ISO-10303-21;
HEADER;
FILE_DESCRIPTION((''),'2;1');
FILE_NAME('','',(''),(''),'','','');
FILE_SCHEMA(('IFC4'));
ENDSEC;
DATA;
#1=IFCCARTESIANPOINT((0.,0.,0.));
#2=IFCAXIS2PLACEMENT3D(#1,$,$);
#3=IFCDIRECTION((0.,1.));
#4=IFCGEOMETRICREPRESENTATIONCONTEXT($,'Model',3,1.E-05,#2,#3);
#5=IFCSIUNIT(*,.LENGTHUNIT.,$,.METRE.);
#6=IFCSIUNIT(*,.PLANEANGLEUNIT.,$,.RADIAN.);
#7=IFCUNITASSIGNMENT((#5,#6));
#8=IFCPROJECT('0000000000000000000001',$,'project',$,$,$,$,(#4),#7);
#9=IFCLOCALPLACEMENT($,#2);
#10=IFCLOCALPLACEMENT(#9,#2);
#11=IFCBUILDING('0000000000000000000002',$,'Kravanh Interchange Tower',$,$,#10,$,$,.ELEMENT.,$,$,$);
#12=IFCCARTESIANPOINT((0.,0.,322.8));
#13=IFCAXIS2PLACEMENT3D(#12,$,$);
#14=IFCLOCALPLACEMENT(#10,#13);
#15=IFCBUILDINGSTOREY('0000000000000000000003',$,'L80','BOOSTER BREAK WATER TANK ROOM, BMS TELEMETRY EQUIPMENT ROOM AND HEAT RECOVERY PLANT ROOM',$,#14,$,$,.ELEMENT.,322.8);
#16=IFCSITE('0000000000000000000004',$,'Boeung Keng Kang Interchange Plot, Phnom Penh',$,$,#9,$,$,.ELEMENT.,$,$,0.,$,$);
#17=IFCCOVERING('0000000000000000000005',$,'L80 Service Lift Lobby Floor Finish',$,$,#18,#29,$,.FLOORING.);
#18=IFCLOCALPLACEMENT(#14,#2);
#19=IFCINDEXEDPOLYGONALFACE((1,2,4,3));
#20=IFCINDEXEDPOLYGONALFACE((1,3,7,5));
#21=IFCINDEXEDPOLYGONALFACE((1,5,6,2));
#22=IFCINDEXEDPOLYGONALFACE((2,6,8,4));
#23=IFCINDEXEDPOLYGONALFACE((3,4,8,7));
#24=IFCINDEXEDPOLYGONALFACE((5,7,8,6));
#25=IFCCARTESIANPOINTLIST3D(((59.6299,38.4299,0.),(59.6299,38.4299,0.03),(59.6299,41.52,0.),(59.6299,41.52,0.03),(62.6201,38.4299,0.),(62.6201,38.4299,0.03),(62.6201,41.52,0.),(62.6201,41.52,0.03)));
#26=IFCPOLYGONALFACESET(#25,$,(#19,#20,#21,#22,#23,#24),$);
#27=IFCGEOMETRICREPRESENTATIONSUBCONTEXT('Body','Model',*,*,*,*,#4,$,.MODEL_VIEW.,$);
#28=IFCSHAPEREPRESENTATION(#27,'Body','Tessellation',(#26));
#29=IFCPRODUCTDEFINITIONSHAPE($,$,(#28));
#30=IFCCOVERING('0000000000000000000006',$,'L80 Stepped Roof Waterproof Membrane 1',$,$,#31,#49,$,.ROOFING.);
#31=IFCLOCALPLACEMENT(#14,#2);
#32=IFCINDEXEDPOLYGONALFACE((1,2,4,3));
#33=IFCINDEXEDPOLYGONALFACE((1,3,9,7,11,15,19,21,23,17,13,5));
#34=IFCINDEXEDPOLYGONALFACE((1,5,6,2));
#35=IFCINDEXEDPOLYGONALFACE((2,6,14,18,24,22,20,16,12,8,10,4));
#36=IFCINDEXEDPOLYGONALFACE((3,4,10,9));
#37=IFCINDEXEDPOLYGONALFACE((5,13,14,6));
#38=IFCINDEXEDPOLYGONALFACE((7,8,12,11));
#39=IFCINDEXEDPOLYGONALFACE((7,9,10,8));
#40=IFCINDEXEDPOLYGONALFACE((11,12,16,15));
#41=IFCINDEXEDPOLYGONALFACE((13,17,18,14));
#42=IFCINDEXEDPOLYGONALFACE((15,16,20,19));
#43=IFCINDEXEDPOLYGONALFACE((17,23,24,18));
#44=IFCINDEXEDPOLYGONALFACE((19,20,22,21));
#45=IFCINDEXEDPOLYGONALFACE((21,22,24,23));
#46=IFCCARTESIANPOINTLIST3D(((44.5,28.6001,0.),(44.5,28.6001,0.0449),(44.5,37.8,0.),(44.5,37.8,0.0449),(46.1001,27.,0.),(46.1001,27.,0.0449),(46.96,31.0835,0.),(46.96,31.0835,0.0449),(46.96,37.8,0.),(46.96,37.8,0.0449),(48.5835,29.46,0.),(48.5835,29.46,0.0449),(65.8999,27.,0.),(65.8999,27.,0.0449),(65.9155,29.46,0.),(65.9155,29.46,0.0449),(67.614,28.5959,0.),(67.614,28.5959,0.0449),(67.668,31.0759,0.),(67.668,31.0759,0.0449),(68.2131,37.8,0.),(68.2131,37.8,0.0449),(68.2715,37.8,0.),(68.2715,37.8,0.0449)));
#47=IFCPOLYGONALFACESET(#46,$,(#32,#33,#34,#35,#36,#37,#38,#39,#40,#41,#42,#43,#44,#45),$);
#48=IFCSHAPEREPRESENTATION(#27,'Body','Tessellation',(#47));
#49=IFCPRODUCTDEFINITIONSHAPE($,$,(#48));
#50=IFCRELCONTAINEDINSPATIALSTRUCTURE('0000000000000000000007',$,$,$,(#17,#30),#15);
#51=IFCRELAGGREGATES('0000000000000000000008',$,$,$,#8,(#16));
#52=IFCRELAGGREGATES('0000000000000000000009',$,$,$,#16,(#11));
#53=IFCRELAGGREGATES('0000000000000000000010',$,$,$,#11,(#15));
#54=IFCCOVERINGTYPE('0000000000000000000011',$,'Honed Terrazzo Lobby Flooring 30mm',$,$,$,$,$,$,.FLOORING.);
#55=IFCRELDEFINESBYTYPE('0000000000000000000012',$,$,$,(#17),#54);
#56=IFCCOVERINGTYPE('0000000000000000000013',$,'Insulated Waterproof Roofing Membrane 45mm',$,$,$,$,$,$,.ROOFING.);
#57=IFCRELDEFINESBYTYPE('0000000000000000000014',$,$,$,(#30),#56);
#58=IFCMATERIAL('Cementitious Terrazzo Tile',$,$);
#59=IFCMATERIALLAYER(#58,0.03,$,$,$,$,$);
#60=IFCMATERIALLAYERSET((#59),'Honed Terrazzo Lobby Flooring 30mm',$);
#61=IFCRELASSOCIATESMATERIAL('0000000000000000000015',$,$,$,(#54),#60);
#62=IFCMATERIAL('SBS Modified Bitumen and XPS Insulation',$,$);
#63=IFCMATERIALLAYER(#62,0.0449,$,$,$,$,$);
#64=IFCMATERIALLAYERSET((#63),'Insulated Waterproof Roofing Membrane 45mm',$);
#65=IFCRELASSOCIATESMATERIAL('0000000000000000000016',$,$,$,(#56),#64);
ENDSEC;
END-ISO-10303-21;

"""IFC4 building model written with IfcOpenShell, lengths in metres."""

from ifc_helpers import new_model, si_unit, direction, frame, origin, place, context, subcontext, project, spatial, polyline, outline, extrude, material, layer, layer_set, type_object, element, save


model = new_model("IFC4")

# Units and contexts
model_context = context("Model", 3, precision=1e-05, world=origin(), true_north=direction((0.0, 1.0)))
body_context = subcontext(model_context, "Body", "Model", "MODEL_VIEW")
ifc_project = project(units=[si_unit("LENGTHUNIT", "METRE"), si_unit("PLANEANGLEUNIT", "RADIAN")], contexts=[model_context])

# Site, building, storey
site_placement = place(None, origin())
site = spatial("IfcSite", under=ifc_project, at=site_placement, Name="Boeung Keng Kang Interchange Plot, Phnom Penh", CompositionType="ELEMENT", RefElevation=0.0)
building_placement = place(site_placement, origin())
building = spatial("IfcBuilding", under=site, at=building_placement, Name="Kravanh Interchange Tower", CompositionType="ELEMENT")
storey_placement = place(building_placement, frame((0.0, 0.0, 322.8)))
storey = spatial("IfcBuildingStorey", under=building, at=storey_placement, Name="L80", Description="BOOSTER BREAK WATER TANK ROOM, BMS TELEMETRY EQUIPMENT ROOM AND HEAT RECOVERY PLANT ROOM", CompositionType="ELEMENT", Elevation=322.8)

# Coverings
ifc_material_1 = material(Name="Cementitious Terrazzo Tile")
ifc_layer_1 = layer(ifc_material_1, 0.03)
ifc_layer_set_1 = layer_set([ifc_layer_1], Name="Honed Terrazzo Lobby Flooring 30mm")
covering_type_1 = type_object("IfcCoveringType", Name="Honed Terrazzo Lobby Flooring 30mm", PredefinedType="FLOORING", material=ifc_layer_set_1)
covering_1_placement = place(storey_placement, origin())
element("IfcCovering", 1, at=covering_1_placement, inside=storey, type_object=covering_type_1, Name="L80 Service Lift Lobby Floor Finish", PredefinedType="FLOORING", context=body_context, shape_type="SweptSolid", body=[
    extrude(outline(polyline([(59.6299, 41.52), (62.6201, 41.52), (62.6201, 38.4299), (59.6299, 38.4299), (59.6299, 41.52)])), origin(), (0.0, 0.0, 1.0), 0.03),
])
ifc_material_2 = material(Name="SBS Modified Bitumen and XPS Insulation")
ifc_layer_2 = layer(ifc_material_2, 0.0449)
ifc_layer_set_2 = layer_set([ifc_layer_2], Name="Insulated Waterproof Roofing Membrane 45mm")
covering_type_2 = type_object("IfcCoveringType", Name="Insulated Waterproof Roofing Membrane 45mm", PredefinedType="ROOFING", material=ifc_layer_set_2)
covering_2_placement = place(storey_placement, origin())
element("IfcCovering", 2, at=covering_2_placement, inside=storey, type_object=covering_type_2, Name="L80 Stepped Roof Waterproof Membrane 1", PredefinedType="ROOFING", context=body_context, shape_type="SweptSolid", body=[
    extrude(outline(polyline([(65.8999, 27.0), (46.1001, 27.0), (44.5, 28.6001), (44.5, 37.8), (46.96, 37.8), (46.96, 31.0835), (48.5835, 29.46), (65.9155, 29.46), (67.668, 31.0759), (68.2131, 37.8), (68.2715, 37.8), (67.614, 28.5959), (65.8999, 27.0)])), origin(), (0.0, 0.0, 1.0), 0.0449),
])

save(model, "model.ifc")
